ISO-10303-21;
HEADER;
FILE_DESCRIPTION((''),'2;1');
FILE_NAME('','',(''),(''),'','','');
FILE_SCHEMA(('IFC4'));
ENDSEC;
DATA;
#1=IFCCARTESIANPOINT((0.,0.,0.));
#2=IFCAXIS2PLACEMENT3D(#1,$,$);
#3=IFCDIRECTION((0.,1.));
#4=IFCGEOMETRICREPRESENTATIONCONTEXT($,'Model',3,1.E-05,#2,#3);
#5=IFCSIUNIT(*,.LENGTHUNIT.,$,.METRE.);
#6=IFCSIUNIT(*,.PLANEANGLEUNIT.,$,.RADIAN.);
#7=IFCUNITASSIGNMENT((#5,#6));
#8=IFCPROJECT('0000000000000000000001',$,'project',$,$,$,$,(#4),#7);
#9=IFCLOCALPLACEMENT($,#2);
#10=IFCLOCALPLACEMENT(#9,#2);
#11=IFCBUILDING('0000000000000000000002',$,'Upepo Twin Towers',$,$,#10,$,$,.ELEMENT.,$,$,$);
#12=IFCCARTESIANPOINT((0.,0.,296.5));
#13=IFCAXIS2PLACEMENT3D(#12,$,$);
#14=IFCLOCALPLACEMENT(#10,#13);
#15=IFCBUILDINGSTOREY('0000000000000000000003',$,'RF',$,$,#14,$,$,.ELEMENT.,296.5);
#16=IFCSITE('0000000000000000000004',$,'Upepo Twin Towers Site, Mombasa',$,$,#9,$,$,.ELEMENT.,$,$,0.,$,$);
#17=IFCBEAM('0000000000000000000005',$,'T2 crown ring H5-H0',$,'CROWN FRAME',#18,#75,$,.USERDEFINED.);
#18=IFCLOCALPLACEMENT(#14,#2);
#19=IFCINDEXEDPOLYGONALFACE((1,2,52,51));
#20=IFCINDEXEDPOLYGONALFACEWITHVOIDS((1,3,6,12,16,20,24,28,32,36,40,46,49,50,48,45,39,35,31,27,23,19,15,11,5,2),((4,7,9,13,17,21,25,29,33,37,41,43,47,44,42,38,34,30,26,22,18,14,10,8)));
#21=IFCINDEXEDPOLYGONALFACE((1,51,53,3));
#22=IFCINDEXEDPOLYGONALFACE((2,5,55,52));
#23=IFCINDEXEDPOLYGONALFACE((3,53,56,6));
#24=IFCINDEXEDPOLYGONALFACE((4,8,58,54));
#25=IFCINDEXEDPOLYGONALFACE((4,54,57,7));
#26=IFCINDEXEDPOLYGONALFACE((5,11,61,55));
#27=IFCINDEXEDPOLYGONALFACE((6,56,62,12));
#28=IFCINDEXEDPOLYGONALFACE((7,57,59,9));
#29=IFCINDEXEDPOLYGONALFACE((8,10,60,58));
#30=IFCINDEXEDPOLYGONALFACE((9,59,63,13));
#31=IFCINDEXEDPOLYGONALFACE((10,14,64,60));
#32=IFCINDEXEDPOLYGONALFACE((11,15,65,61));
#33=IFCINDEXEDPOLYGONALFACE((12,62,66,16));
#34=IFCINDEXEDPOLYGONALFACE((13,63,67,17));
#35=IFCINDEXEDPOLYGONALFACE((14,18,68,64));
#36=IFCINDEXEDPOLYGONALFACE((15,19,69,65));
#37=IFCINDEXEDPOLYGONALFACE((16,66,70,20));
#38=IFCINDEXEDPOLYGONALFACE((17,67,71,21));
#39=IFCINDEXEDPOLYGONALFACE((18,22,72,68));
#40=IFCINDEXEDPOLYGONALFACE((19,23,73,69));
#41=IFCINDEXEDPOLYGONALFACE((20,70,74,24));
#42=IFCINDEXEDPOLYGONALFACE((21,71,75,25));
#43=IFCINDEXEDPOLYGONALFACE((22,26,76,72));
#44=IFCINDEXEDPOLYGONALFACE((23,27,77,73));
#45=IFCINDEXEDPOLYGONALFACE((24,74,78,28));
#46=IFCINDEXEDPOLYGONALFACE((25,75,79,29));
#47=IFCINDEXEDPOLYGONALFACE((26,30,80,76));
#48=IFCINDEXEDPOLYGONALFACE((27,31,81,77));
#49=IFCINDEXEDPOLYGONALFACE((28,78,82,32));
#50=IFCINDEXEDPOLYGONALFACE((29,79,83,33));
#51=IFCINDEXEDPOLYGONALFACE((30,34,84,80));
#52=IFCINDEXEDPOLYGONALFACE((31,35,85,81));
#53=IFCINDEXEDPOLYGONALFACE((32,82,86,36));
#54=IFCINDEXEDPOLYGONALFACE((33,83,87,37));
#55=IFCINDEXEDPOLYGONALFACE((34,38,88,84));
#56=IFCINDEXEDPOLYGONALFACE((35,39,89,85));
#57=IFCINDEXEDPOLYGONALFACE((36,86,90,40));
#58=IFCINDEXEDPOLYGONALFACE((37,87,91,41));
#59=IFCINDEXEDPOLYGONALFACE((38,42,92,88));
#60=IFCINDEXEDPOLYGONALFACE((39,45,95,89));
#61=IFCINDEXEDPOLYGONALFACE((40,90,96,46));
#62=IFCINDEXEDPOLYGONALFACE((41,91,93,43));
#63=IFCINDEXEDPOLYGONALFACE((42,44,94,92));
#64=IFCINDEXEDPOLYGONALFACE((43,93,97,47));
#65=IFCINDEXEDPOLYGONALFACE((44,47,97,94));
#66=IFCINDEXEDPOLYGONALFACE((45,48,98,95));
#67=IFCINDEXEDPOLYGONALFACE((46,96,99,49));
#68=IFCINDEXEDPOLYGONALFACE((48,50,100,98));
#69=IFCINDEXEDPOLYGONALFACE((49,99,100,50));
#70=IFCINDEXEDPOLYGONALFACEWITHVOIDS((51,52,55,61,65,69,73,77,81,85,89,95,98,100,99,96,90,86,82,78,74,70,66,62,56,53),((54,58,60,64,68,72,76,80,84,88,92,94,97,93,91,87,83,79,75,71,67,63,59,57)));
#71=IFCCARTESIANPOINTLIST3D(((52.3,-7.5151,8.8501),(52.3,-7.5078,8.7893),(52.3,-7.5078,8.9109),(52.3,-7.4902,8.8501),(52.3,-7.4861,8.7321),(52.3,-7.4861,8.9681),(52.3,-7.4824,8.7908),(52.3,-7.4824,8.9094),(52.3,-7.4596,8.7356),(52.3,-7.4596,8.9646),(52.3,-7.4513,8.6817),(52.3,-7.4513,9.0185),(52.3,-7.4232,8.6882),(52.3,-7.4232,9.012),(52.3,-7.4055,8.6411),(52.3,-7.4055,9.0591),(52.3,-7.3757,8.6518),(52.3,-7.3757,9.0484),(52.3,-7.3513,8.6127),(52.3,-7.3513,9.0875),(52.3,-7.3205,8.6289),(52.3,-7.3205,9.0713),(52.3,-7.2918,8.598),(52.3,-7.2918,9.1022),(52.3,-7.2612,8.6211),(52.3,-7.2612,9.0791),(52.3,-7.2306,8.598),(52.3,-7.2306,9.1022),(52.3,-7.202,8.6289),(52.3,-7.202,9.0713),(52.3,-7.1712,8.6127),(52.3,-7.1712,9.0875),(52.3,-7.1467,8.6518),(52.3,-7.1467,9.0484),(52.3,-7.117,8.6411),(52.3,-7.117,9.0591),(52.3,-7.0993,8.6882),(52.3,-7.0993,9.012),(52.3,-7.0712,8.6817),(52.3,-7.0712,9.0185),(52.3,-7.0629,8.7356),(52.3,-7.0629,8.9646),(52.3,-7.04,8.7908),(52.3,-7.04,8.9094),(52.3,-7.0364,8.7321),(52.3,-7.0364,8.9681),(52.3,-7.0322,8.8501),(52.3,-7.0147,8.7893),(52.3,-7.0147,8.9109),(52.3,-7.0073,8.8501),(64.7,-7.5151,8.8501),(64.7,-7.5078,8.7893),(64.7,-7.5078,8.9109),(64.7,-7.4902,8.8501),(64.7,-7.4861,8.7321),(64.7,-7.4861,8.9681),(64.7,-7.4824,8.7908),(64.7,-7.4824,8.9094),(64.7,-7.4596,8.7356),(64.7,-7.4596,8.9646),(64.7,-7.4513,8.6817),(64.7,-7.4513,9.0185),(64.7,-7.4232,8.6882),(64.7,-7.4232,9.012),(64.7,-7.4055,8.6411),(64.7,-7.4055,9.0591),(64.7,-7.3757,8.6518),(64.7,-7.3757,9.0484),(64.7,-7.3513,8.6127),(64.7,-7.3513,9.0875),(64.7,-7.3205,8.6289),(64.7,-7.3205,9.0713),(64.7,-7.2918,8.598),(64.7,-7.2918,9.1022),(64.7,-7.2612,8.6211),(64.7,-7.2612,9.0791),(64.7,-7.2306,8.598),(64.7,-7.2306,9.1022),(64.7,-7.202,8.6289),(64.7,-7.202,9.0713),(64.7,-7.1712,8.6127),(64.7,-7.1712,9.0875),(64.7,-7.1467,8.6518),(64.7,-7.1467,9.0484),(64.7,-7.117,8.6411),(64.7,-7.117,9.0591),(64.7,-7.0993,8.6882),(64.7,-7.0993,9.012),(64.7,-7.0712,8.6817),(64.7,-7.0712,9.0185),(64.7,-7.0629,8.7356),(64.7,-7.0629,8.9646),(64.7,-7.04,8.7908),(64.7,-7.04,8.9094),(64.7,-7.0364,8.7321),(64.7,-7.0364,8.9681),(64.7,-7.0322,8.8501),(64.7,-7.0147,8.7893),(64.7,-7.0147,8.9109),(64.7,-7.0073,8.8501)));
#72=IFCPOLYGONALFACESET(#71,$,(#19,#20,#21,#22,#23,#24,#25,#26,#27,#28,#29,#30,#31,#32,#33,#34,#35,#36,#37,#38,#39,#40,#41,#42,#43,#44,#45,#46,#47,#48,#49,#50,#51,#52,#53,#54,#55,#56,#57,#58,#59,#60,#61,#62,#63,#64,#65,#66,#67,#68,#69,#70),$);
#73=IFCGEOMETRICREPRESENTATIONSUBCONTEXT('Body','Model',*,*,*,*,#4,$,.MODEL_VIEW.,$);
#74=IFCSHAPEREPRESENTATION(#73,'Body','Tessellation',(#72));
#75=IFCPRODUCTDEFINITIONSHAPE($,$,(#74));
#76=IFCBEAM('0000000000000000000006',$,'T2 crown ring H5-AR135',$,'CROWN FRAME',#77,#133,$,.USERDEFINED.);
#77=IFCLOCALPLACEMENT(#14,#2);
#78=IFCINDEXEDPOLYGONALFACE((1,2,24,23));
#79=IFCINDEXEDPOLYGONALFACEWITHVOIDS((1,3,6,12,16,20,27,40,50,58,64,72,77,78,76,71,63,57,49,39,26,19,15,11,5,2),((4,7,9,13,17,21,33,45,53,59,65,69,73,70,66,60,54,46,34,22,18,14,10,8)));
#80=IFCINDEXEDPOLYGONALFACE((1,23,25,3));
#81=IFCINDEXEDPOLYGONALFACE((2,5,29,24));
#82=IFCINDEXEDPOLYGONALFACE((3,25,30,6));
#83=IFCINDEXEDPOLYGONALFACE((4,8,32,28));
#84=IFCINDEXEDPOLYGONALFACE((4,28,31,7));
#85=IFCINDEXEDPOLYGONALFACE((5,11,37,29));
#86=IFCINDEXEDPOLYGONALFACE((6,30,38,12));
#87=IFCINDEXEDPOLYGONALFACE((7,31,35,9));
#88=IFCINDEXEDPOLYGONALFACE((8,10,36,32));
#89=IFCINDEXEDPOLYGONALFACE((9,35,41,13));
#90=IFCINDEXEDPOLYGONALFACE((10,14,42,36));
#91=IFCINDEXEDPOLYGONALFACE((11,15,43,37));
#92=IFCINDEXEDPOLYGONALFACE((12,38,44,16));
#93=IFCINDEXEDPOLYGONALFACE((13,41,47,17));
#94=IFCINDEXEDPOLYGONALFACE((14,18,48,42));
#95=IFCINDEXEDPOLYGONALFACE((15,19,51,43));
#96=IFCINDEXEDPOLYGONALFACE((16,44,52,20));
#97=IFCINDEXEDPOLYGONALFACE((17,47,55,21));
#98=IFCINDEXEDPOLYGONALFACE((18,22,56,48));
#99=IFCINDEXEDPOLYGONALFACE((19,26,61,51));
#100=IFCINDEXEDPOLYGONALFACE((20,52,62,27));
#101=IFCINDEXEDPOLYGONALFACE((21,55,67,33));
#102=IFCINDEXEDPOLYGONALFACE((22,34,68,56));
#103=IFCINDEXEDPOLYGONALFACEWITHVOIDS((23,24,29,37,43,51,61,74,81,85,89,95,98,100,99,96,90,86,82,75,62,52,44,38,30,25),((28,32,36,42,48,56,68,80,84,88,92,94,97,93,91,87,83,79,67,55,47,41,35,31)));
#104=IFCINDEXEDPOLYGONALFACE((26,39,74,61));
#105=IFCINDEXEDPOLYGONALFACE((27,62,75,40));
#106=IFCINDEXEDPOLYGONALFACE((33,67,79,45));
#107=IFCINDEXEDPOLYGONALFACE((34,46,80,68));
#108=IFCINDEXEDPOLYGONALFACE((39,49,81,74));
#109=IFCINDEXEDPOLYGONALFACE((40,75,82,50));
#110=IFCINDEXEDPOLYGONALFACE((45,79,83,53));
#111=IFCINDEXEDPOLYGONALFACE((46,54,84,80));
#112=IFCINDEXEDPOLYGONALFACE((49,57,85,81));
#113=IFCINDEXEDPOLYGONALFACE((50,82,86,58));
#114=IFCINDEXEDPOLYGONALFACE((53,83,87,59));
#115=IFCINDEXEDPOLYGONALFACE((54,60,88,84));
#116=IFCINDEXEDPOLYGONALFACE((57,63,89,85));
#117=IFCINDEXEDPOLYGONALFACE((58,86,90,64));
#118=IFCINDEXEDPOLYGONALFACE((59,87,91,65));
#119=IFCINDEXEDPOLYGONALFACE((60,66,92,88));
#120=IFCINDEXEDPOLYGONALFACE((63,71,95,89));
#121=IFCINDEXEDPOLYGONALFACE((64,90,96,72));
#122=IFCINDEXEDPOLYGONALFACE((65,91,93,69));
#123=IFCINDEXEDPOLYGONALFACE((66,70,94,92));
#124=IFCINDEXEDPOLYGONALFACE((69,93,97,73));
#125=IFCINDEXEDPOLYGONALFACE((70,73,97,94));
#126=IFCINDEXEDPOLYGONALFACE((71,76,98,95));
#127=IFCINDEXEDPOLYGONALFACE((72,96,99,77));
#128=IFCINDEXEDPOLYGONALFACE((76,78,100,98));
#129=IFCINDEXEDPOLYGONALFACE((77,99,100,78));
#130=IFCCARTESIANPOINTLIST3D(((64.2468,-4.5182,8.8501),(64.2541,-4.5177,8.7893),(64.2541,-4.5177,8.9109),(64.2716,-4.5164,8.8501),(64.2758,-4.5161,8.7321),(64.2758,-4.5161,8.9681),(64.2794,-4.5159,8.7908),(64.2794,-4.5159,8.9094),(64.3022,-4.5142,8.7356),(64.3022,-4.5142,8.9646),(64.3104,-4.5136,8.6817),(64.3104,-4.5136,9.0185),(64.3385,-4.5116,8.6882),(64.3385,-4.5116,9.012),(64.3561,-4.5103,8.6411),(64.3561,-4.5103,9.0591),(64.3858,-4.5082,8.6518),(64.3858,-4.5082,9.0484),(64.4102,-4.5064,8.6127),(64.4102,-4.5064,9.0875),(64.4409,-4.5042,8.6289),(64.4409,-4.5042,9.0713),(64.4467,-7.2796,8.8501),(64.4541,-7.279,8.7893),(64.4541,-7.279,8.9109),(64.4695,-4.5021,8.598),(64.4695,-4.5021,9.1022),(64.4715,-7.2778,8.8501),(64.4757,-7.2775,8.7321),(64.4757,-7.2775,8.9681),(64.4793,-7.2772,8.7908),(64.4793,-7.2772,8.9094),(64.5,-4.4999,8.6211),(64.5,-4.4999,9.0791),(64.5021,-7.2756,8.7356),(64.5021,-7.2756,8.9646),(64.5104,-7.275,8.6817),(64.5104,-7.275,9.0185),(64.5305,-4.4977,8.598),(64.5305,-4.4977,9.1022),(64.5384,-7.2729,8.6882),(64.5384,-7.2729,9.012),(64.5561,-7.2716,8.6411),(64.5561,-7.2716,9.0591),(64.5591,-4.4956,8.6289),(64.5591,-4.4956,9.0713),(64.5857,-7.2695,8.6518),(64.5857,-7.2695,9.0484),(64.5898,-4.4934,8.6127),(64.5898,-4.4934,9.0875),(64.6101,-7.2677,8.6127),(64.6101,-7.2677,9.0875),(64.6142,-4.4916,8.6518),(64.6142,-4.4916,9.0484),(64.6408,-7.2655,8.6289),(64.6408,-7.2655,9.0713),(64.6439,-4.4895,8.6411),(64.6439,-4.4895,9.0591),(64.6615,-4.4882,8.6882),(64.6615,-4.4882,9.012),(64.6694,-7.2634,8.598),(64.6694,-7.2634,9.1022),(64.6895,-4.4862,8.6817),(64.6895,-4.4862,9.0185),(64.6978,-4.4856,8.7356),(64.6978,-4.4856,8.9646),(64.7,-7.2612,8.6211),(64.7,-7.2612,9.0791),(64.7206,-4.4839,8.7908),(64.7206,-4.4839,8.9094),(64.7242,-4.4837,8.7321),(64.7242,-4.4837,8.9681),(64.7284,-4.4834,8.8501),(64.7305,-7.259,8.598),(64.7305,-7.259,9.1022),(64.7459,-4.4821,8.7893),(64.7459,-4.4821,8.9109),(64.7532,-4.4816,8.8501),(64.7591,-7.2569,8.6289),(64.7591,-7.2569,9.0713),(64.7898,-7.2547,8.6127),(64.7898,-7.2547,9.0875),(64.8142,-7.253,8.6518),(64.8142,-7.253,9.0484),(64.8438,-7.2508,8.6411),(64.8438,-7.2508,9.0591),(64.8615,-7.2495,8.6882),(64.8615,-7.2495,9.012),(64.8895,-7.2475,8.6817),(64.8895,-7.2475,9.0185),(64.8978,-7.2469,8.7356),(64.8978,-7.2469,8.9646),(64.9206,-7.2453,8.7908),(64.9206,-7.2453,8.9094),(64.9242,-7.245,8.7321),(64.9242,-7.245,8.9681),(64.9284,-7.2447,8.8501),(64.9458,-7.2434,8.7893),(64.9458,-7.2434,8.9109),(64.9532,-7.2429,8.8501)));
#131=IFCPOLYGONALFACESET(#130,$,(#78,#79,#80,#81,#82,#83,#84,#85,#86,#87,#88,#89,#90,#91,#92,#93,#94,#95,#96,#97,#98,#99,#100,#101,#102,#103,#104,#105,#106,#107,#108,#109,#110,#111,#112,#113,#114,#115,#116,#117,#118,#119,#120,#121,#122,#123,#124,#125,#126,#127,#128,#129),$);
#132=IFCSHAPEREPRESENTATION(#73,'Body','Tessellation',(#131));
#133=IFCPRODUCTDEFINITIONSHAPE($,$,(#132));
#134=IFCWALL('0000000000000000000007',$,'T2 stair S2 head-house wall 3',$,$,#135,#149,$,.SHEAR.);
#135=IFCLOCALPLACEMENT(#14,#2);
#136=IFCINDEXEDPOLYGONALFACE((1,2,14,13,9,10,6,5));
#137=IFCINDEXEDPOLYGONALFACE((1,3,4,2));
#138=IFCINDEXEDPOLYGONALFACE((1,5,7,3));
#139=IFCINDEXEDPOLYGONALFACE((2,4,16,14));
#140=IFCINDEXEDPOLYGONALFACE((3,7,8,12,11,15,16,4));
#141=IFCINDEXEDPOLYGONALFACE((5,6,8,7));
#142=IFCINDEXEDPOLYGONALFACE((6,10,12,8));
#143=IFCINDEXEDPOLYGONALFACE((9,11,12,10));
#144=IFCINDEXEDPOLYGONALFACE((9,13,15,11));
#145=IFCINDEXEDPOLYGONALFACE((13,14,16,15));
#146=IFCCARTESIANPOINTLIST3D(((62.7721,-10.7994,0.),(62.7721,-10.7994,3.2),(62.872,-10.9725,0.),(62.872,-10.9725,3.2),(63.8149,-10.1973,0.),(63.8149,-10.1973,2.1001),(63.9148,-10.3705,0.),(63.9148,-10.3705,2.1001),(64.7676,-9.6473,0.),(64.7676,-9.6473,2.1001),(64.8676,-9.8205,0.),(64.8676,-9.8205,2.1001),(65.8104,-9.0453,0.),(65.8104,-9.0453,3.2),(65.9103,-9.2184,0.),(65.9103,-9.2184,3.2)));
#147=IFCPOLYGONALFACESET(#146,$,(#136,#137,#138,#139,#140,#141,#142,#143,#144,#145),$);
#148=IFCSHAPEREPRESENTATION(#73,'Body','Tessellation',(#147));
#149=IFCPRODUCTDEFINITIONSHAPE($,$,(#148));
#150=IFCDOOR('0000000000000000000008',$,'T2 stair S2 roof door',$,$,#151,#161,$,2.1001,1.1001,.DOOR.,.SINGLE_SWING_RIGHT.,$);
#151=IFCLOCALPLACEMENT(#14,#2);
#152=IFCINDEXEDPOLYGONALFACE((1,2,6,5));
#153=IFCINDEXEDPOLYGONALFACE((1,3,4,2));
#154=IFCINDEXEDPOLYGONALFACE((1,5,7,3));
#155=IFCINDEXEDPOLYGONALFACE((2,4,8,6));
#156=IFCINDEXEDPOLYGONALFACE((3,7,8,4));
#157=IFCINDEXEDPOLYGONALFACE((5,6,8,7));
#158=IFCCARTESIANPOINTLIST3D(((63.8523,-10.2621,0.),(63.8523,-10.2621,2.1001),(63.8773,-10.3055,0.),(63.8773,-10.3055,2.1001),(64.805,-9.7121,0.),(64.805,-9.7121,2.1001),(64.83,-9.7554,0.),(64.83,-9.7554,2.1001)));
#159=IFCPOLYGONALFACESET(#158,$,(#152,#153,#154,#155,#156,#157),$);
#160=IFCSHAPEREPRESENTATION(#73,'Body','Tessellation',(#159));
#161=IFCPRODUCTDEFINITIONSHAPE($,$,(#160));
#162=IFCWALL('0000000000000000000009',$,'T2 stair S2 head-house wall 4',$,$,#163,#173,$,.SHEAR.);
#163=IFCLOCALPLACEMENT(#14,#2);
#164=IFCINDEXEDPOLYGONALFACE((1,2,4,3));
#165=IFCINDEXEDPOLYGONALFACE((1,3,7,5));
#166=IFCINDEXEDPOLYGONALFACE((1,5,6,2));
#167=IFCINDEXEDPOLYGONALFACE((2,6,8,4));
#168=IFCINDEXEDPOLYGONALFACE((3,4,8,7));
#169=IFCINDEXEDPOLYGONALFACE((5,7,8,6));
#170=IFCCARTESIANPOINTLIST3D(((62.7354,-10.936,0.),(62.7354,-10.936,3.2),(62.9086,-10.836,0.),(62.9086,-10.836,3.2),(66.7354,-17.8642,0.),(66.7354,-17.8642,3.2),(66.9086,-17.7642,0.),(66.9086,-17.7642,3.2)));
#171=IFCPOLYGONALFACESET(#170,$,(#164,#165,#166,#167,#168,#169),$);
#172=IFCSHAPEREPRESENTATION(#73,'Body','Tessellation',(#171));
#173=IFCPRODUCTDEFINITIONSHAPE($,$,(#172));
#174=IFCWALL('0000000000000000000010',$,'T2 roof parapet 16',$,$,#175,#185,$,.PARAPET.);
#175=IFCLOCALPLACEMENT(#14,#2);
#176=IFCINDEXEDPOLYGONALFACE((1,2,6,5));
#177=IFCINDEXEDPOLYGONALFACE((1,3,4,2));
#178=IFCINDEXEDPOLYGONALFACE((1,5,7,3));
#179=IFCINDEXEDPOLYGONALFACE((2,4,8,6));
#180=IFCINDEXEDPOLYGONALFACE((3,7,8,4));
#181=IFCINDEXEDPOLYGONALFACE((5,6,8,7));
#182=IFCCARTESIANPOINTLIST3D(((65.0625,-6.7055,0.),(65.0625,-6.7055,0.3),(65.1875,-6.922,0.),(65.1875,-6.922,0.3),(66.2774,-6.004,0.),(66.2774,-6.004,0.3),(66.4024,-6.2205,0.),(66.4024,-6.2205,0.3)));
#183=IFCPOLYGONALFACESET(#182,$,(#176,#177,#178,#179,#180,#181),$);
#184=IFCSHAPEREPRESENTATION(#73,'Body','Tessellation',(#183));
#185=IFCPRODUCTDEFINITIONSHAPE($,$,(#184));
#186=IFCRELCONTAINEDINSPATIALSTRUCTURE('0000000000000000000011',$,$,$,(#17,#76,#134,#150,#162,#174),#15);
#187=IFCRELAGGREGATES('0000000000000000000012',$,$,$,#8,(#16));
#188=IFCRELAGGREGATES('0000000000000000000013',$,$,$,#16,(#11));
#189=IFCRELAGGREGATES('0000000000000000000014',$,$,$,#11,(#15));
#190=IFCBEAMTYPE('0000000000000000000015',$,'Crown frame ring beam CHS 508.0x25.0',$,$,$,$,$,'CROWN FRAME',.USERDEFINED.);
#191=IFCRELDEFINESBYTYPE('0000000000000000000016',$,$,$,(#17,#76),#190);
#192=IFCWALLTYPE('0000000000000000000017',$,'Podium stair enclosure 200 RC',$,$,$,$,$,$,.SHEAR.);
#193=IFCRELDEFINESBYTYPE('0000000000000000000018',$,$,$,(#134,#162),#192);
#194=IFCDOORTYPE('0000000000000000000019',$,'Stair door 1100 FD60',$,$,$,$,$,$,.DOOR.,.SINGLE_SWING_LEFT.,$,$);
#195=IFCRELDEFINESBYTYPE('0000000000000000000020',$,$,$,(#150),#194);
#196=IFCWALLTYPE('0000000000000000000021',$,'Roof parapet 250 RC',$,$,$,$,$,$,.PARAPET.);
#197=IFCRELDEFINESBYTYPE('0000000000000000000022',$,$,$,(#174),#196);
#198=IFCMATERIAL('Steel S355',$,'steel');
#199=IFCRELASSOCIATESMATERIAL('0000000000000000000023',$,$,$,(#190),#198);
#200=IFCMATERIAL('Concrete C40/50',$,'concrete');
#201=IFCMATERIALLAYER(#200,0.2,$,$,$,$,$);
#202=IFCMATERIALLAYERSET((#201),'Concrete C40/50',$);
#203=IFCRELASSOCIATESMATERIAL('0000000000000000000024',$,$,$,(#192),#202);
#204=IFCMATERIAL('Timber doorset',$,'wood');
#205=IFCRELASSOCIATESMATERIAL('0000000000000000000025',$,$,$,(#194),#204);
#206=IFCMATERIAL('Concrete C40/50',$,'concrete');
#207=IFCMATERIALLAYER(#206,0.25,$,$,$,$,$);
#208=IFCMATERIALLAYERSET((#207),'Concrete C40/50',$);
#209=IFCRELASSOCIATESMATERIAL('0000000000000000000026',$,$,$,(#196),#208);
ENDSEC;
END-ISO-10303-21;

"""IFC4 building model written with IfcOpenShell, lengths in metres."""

from ifc_helpers import new_model, si_unit, direction, frame, frame_2d, origin, origin_2d, place, context, subcontext, project, spatial, rectangle, hollow_circle, extrude, material, layer, layer_set, material_profile, profile_set, type_object, element, fill, save


model = new_model("IFC4")

# Units and contexts
model_context = context("Model", 3, precision=1e-05, world=origin(), true_north=direction((0.0, 1.0)))
body_context = subcontext(model_context, "Body", "Model", "MODEL_VIEW")
ifc_project = project(units=[si_unit("LENGTHUNIT", "METRE"), si_unit("PLANEANGLEUNIT", "RADIAN")], contexts=[model_context])

# Site, building, storey
site_placement = place(None, origin())
site = spatial("IfcSite", under=ifc_project, at=site_placement, Name="Upepo Twin Towers Site, Mombasa", CompositionType="ELEMENT", RefElevation=0.0)
building_placement = place(site_placement, origin())
building = spatial("IfcBuilding", under=site, at=building_placement, Name="Upepo Twin Towers", CompositionType="ELEMENT")
storey_placement = place(building_placement, frame((0.0, 0.0, 296.5)))
storey = spatial("IfcBuildingStorey", under=building, at=storey_placement, Name="RF", CompositionType="ELEMENT", Elevation=296.5)

# Beams
ifc_material_1 = material(Name="Steel S355", Category="steel")
ifc_material_profile_1 = material_profile(ifc_material_1, hollow_circle(Radius=0.2539, WallThickness=0.0249, at=origin_2d()), Name="CHS 508.0x25.0")
ifc_profile_set_1 = profile_set([ifc_material_profile_1], Name="Steel S355")
beam_type = type_object("IfcBeamType", Name="Crown frame ring beam CHS 508.0x25.0", ElementType="CROWN FRAME", PredefinedType="USERDEFINED", material=ifc_profile_set_1)
beam_1_placement = place(storey_placement, frame((64.7, -7.2612, 8.8501), z_axis=(-1.0, 0.0, 0.0), x_axis=(0.0, -1.0, 0.0)))
element("IfcBeam", 1, at=beam_1_placement, inside=storey, type_object=beam_type, Name="T2 crown ring H5-H0", ObjectType="CROWN FRAME", PredefinedType="USERDEFINED", context=body_context, shape_type="SweptSolid", body=[
    extrude(hollow_circle(Radius=0.2539, WallThickness=0.0249, at=origin_2d()), origin(), (0.0, 0.0, 1.0), 12.3999),
])
beam_2_placement = place(storey_placement, frame((64.7, -7.2612, 8.8501), z_axis=(-0.072225, 0.997388, 0.0), x_axis=(-0.997388, -0.072225, 0.0)))
element("IfcBeam", 2, at=beam_2_placement, inside=storey, type_object=beam_type, Name="T2 crown ring H5-AR135", ObjectType="CROWN FRAME", PredefinedType="USERDEFINED", context=body_context, shape_type="SweptSolid", body=[
    extrude(hollow_circle(Radius=0.2539, WallThickness=0.0249, at=origin_2d()), origin(), (0.0, 0.0, 1.0), 2.7686),
])

# Wall, opening, door
ifc_material_2 = material(Name="Concrete C40/50", Category="concrete")
ifc_layer_1 = layer(ifc_material_2, 0.2)
ifc_layer_set_1 = layer_set([ifc_layer_1], Name="Concrete C40/50")
wall_type_1 = type_object("IfcWallType", Name="Podium stair enclosure 200 RC", PredefinedType="SHEAR", material=ifc_layer_set_1)
wall_1_placement = place(storey_placement, frame((65.8604, -9.1318, 0.0), z_axis=(0.0, 0.0, 1.0), x_axis=(-0.866029, -0.499994, 0.0)))
wall_1 = element("IfcWall", 3, at=wall_1_placement, inside=storey, type_object=wall_type_1, Name="T2 stair S2 head-house wall 3", PredefinedType="SHEAR", context=body_context, shape_type="SweptSolid", body=[
    extrude(rectangle(XDim=3.5083, YDim=0.2, at=frame_2d((1.7542, 0.0))), origin(), (0.0, 0.0, 1.0), 3.2),
])
opening_placement = place(wall_1_placement, frame((1.2041, 0.0, 0.0)))
opening = element("IfcOpeningElement", 4, at=opening_placement, cuts=wall_1, PredefinedType="OPENING", context=body_context, shape_type="SweptSolid", body=[
    extrude(rectangle(XDim=1.1001, YDim=2.1001, at=frame_2d((0.55, 1.05))), frame((0.0, 0.1099, 0.0), z_axis=(0.0, -1.0, 0.0), x_axis=(1.0, 0.0, 0.0)), (0.0, 0.0, 1.0), 0.22),
])
ifc_material_3 = material(Name="Timber doorset", Category="wood")
door_type = type_object("IfcDoorType", Name="Stair door 1100 FD60", OperationType="SINGLE_SWING_LEFT", PredefinedType="DOOR", material=ifc_material_3)
door_placement = place(opening_placement, origin())
door = element("IfcDoor", 5, at=door_placement, inside=storey, type_object=door_type, Name="T2 stair S2 roof door", OperationType="SINGLE_SWING_RIGHT", OverallHeight=2.1001, OverallWidth=1.1001, PredefinedType="DOOR", context=body_context, shape_type="SweptSolid", body=[
    extrude(rectangle(XDim=1.1001, YDim=2.1001, at=frame_2d((0.55, 1.05))), frame((0.0, 0.0249, 0.0), z_axis=(0.0, -1.0, 0.0), x_axis=(1.0, 0.0, 0.0)), (0.0, 0.0, 1.0), 0.05),
])
fill(opening, door)

# Walls
wall_2_placement = place(storey_placement, frame((62.822, -10.886, 0.0), z_axis=(0.0, 0.0, 1.0), x_axis=(0.499999, -0.866026, 0.0)))
element("IfcWall", 6, at=wall_2_placement, inside=storey, type_object=wall_type_1, Name="T2 stair S2 head-house wall 4", PredefinedType="SHEAR", context=body_context, shape_type="SweptSolid", body=[
    extrude(rectangle(XDim=8.0, YDim=0.2, at=frame_2d((4.0, 0.0))), origin(), (0.0, 0.0, 1.0), 3.2),
])
ifc_material_4 = material(Name="Concrete C40/50", Category="concrete")
ifc_layer_2 = layer(ifc_material_4, 0.25)
ifc_layer_set_2 = layer_set([ifc_layer_2], Name="Concrete C40/50")
wall_type_2 = type_object("IfcWallType", Name="Roof parapet 250 RC", PredefinedType="PARAPET", material=ifc_layer_set_2)
wall_3_placement = place(storey_placement, frame((65.125, -6.8137, 0.0), z_axis=(0.0, 0.0, 1.0), x_axis=(0.866017, 0.500014, 0.0)))
element("IfcWall", 7, at=wall_3_placement, inside=storey, type_object=wall_type_2, Name="T2 roof parapet 16", PredefinedType="PARAPET", context=body_context, shape_type="SweptSolid", body=[
    extrude(rectangle(XDim=1.4028, YDim=0.25, at=frame_2d((0.7014, 0.0))), origin(), (0.0, 0.0, 1.0), 0.3),
])

save(model, "model.ifc")
